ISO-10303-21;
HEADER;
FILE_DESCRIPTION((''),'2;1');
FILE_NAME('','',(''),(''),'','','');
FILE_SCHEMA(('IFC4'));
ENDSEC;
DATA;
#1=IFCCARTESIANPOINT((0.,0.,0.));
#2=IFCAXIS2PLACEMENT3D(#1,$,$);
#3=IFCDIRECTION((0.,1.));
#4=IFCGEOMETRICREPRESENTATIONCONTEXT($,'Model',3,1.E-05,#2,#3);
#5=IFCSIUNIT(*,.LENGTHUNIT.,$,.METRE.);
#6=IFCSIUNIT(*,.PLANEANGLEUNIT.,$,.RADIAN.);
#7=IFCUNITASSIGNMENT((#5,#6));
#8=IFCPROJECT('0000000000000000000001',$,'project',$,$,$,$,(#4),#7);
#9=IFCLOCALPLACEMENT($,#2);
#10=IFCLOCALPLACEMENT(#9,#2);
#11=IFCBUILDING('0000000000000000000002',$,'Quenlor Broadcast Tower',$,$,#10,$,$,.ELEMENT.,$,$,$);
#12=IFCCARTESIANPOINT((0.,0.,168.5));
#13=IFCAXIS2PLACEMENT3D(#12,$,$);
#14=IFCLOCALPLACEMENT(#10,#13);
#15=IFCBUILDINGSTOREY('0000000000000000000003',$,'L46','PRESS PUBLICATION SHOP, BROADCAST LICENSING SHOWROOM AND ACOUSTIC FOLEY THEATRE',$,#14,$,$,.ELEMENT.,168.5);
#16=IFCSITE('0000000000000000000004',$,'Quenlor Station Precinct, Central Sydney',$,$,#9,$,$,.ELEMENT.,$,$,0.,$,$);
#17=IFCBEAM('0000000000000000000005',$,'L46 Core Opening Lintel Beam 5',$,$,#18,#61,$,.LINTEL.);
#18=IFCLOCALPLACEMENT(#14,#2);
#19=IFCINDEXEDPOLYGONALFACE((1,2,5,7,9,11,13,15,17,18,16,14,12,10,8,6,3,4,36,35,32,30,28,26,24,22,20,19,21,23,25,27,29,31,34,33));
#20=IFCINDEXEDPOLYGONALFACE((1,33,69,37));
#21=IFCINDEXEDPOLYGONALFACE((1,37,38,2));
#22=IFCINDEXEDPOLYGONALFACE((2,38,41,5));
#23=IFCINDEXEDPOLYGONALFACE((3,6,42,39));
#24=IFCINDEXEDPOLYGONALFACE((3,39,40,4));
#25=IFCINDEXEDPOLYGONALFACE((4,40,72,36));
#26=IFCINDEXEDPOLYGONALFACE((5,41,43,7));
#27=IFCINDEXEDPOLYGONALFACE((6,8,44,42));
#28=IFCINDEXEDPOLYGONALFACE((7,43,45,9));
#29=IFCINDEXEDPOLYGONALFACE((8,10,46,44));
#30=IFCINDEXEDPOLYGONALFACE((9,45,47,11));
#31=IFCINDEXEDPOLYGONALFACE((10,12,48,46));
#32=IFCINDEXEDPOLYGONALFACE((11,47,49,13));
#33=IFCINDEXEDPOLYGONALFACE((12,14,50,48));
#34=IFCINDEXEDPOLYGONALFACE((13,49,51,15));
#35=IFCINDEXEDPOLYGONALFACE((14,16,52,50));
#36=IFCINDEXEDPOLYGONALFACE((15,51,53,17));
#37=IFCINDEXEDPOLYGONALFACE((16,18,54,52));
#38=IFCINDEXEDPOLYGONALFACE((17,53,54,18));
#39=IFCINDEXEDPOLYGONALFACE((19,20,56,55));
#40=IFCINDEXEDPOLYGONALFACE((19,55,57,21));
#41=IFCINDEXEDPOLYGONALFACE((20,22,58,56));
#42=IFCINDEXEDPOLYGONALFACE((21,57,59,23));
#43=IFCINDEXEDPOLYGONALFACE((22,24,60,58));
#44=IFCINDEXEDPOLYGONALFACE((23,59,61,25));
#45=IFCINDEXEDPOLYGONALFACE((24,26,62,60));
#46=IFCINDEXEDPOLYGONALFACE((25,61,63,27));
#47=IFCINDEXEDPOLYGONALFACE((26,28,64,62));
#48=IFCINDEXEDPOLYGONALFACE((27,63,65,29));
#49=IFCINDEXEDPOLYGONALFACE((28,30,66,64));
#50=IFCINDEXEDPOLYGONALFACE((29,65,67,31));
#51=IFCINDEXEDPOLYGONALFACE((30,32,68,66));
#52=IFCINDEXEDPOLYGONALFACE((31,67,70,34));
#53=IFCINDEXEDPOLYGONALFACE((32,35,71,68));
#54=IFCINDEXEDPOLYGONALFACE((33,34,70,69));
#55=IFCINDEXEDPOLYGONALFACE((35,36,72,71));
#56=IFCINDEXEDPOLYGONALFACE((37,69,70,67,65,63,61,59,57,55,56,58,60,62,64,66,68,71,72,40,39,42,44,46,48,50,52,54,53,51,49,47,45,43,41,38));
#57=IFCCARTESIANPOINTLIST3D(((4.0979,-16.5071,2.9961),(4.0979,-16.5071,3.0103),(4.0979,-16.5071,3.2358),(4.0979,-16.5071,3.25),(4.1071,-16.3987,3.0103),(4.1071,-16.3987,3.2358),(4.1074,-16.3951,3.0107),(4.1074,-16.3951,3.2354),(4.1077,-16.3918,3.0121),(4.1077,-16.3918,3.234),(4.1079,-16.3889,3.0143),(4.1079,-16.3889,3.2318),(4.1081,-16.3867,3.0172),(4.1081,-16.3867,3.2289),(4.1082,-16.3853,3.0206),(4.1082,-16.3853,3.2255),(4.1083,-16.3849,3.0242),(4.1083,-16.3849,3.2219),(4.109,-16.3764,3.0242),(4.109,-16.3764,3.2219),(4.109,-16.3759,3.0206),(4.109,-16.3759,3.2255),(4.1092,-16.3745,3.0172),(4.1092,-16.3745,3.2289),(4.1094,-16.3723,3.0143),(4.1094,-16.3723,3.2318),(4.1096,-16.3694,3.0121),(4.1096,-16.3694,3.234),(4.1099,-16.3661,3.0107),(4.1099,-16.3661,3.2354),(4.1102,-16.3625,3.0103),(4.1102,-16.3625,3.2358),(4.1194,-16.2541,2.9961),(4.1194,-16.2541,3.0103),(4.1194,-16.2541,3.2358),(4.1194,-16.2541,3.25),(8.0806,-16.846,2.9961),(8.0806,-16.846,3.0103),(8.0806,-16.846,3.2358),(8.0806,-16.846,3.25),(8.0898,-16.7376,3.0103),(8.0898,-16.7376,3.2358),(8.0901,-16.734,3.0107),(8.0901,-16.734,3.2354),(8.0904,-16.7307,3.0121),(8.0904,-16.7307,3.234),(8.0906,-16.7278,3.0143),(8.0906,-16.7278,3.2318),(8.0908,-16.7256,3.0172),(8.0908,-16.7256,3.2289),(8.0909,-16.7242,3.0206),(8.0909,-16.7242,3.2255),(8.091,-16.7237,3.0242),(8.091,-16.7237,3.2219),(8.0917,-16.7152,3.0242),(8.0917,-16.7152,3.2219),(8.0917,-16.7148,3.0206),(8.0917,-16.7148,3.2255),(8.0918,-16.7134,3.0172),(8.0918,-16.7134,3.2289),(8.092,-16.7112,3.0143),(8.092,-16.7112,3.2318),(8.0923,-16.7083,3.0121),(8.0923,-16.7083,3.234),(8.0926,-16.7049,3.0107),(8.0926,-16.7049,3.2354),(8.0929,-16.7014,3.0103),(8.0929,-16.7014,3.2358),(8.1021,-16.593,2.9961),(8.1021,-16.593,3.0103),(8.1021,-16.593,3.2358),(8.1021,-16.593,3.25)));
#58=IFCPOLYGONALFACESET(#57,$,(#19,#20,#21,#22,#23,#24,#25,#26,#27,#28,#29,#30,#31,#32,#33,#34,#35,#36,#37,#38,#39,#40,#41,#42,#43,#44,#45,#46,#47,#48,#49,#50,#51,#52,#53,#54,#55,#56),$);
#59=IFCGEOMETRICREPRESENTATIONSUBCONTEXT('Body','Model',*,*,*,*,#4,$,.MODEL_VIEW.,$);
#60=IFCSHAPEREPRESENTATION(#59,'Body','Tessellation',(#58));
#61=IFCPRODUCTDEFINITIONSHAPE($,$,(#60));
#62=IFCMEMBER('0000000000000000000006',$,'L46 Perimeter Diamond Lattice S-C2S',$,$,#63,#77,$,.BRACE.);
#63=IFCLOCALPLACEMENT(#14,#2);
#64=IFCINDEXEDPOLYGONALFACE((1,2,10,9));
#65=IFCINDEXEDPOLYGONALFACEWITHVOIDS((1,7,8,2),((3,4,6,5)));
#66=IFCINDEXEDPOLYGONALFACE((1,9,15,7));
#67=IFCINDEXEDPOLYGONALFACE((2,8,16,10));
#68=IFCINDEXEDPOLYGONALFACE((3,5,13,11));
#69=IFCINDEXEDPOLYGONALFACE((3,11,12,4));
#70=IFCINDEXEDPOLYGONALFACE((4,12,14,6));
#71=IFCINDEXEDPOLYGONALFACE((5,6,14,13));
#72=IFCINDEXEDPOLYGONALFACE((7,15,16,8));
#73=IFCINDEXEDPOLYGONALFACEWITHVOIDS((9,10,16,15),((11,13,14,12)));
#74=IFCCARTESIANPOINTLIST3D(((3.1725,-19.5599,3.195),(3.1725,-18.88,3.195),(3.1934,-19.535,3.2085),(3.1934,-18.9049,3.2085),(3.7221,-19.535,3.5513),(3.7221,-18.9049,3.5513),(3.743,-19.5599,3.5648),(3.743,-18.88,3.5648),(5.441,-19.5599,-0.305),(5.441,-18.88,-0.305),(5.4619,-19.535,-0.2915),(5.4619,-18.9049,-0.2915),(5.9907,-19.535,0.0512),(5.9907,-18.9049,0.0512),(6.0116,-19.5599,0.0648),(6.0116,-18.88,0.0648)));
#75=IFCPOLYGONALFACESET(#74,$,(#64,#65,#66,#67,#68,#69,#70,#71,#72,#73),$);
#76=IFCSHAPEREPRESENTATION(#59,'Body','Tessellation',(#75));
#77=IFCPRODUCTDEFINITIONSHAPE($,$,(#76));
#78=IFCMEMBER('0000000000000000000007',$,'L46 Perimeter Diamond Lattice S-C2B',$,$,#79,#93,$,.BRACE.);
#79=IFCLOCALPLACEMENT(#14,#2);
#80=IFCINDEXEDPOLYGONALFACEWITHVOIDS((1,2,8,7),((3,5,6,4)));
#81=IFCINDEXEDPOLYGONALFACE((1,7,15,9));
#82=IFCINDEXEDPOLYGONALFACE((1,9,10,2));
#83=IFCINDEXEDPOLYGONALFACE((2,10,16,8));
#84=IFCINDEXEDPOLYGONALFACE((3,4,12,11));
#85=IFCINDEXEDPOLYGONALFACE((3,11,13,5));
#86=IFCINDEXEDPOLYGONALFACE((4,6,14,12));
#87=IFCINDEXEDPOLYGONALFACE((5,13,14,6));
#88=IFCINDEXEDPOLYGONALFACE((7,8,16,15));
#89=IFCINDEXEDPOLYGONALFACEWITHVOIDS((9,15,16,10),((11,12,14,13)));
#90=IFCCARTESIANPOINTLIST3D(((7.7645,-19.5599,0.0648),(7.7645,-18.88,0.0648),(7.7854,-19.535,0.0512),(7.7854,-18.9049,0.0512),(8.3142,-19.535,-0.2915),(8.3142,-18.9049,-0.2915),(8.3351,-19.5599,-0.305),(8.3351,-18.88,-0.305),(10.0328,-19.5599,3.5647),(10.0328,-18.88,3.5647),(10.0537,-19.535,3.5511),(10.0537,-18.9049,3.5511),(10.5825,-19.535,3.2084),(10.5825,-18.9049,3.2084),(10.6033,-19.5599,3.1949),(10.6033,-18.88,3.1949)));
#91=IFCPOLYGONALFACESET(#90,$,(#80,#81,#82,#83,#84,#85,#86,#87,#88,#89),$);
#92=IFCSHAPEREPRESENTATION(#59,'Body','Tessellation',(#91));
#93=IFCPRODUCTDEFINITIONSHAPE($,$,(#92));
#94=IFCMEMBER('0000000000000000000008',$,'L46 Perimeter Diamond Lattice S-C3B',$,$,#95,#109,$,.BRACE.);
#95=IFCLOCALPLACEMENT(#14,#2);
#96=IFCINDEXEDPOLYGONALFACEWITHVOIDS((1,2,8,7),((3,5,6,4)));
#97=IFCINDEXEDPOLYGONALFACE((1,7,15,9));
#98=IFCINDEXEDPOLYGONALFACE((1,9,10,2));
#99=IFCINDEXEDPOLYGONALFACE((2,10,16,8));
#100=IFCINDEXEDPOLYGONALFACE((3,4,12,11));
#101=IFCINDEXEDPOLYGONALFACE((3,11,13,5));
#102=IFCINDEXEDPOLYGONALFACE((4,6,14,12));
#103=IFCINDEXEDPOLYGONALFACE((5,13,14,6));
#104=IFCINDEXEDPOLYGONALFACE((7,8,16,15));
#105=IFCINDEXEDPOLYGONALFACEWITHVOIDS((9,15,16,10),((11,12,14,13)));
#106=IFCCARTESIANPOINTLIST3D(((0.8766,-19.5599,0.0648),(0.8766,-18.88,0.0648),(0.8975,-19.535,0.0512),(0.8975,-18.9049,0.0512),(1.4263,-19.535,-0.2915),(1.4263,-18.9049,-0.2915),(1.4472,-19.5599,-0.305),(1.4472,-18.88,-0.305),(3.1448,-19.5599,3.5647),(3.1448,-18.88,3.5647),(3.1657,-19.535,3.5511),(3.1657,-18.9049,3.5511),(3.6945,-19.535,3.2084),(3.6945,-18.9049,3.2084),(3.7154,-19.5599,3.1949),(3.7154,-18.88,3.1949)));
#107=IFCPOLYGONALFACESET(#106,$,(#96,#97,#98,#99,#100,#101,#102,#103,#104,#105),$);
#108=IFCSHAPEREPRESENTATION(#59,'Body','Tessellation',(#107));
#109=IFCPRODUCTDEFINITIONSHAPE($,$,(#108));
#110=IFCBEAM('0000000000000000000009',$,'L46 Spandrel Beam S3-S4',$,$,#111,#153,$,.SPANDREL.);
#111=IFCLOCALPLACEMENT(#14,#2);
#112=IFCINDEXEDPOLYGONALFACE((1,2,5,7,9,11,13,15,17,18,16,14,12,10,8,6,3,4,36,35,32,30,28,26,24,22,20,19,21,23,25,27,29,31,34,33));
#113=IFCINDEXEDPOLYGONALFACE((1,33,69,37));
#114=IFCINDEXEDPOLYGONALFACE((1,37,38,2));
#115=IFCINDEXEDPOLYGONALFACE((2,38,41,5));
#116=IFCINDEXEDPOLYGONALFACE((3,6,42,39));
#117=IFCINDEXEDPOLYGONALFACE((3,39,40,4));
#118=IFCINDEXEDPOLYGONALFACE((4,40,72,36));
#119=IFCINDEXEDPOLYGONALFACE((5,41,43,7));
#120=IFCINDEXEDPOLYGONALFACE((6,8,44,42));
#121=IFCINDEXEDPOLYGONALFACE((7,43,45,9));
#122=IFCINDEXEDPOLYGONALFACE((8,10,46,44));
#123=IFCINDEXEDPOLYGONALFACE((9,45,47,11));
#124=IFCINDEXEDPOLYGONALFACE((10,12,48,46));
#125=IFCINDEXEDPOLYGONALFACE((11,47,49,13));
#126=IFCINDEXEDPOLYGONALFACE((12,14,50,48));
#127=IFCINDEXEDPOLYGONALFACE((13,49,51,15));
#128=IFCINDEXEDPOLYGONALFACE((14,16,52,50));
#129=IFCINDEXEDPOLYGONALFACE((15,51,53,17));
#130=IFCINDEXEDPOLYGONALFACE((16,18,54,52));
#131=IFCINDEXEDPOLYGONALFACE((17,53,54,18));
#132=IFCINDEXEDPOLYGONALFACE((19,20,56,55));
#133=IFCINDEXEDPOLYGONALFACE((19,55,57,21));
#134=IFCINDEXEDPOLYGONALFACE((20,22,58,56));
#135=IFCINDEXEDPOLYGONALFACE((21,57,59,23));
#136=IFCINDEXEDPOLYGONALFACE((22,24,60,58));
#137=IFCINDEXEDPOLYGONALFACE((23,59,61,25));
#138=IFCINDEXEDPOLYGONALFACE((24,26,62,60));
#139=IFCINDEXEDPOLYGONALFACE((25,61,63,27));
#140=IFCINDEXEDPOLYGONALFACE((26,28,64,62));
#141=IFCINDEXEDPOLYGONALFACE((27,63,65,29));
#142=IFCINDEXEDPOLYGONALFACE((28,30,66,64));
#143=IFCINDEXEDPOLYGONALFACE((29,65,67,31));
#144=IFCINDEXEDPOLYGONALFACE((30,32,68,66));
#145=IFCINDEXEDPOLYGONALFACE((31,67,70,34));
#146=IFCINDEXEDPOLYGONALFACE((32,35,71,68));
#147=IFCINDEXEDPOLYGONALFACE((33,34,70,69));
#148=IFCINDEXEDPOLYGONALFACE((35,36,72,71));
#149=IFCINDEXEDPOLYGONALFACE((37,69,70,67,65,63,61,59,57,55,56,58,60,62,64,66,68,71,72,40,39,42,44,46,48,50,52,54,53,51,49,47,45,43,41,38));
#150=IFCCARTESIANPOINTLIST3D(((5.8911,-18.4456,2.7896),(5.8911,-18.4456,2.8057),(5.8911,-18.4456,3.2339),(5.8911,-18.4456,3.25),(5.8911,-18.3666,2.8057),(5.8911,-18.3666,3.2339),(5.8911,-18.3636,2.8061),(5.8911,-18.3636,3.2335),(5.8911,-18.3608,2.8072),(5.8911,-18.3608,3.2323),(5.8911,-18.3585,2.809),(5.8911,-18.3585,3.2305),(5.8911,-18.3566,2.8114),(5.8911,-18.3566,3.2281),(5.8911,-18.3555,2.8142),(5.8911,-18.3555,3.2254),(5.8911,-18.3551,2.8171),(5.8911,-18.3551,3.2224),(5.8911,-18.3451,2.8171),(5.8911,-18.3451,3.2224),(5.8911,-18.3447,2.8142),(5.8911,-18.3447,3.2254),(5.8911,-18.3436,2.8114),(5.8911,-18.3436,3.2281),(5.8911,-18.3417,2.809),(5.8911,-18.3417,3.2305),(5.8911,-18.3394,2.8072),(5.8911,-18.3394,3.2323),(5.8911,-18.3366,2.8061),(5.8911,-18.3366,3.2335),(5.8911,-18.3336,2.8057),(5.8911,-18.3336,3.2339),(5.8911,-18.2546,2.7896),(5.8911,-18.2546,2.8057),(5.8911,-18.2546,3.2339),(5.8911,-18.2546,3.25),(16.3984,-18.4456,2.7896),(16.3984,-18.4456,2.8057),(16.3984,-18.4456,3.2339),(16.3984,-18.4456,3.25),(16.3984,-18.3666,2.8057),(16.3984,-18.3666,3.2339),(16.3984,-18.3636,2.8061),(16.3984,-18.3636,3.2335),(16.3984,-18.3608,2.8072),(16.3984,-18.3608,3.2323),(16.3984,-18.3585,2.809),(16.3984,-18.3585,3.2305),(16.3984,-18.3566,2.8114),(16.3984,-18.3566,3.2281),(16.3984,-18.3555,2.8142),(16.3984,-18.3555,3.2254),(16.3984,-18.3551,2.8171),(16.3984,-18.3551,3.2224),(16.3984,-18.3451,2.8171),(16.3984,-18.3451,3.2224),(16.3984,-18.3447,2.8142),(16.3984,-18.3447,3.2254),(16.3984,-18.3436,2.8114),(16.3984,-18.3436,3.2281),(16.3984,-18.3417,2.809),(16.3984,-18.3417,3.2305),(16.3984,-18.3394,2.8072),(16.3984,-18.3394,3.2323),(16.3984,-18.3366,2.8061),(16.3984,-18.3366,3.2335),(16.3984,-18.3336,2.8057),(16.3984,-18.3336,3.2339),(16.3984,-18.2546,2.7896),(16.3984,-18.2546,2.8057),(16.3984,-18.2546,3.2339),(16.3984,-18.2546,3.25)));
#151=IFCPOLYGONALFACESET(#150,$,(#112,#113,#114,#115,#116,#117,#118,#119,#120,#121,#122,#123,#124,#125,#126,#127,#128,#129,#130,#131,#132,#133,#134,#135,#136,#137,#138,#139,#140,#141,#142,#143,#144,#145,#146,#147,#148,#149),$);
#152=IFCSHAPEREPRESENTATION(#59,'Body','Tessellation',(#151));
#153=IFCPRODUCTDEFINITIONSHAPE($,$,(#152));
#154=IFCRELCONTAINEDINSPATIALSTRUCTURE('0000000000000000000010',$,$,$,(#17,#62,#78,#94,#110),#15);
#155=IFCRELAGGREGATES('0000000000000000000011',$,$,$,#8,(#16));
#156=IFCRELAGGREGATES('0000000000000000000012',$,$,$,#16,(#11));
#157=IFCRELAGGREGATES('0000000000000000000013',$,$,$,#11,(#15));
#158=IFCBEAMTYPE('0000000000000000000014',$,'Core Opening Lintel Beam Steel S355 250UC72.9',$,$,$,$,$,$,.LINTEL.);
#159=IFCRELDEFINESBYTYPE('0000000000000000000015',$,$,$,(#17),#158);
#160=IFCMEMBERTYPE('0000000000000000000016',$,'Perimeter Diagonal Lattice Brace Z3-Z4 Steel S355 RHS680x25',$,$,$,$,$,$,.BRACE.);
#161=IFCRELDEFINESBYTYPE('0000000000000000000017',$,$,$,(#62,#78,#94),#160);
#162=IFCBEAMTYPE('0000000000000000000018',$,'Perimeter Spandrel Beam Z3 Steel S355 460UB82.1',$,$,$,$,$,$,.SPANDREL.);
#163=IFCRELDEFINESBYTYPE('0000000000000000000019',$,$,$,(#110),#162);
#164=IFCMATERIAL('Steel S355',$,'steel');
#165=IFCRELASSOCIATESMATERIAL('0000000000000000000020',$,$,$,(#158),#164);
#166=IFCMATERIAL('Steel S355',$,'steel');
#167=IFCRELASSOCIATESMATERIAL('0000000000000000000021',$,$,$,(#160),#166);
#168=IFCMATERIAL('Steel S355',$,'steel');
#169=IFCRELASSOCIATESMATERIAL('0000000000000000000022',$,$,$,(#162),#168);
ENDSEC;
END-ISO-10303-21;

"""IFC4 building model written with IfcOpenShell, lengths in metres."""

from ifc_helpers import new_model, si_unit, direction, frame, origin, origin_2d, place, context, subcontext, project, spatial, hollow_rectangle, i_section, extrude, material, material_profile, profile_set, type_object, element, save


model = new_model("IFC4")

# Units and contexts
model_context = context("Model", 3, precision=1e-05, world=origin(), true_north=direction((0.0, 1.0)))
body_context = subcontext(model_context, "Body", "Model", "MODEL_VIEW")
ifc_project = project(units=[si_unit("LENGTHUNIT", "METRE"), si_unit("PLANEANGLEUNIT", "RADIAN")], contexts=[model_context])

# Site, building, storey
site_placement = place(None, origin())
site = spatial("IfcSite", under=ifc_project, at=site_placement, Name="Quenlor Station Precinct, Central Sydney", CompositionType="ELEMENT", RefElevation=0.0)
building_placement = place(site_placement, origin())
building = spatial("IfcBuilding", under=site, at=building_placement, Name="Quenlor Broadcast Tower", CompositionType="ELEMENT")
storey_placement = place(building_placement, frame((0.0, 0.0, 168.5)))
storey = spatial("IfcBuildingStorey", under=building, at=storey_placement, Name="L46", Description="PRESS PUBLICATION SHOP, BROADCAST LICENSING SHOWROOM AND ACOUSTIC FOLEY THEATRE", CompositionType="ELEMENT", Elevation=168.5)

# Beam
ifc_material_1 = material(Name="Steel S355", Category="steel")
ifc_material_profile_1 = material_profile(ifc_material_1, i_section(OverallWidth=0.2539, OverallDepth=0.2539, WebThickness=0.0085, FlangeThickness=0.0142, FilletRadius=0.0139, at=origin_2d()))
ifc_profile_set_1 = profile_set([ifc_material_profile_1], Name="Steel S355 250UC72.9")
beam_type_1 = type_object("IfcBeamType", Name="Core Opening Lintel Beam Steel S355 250UC72.9", PredefinedType="LINTEL", material=ifc_profile_set_1)
beam_1_placement = place(storey_placement, frame((4.1086, -16.3806, 3.123), z_axis=(0.9964, -0.084779, 0.0), x_axis=(0.084779, 0.9964, 0.0)))
element("IfcBeam", 1, at=beam_1_placement, inside=storey, type_object=beam_type_1, Name="L46 Core Opening Lintel Beam 5", PredefinedType="LINTEL", context=body_context, shape_type="SweptSolid", body=[
    extrude(i_section(OverallWidth=0.2539, OverallDepth=0.2539, WebThickness=0.0085, FlangeThickness=0.0142, FilletRadius=0.0139, at=origin_2d()), origin(), (0.0, 0.0, 1.0), 3.9971),
])

# Members
ifc_material_2 = material(Name="Steel S355", Category="steel")
ifc_material_profile_2 = material_profile(ifc_material_2, hollow_rectangle(XDim=0.6799, YDim=0.6799, WallThickness=0.0249, at=origin_2d()))
ifc_profile_set_2 = profile_set([ifc_material_profile_2], Name="Steel S355 RHS680x680x25")
member_type_1 = type_object("IfcMemberType", Name="Perimeter Diagonal Lattice Brace Z3-Z4 Steel S355 RHS680x25", PredefinedType="BRACE", material=ifc_profile_set_2)
member_1_placement = place(storey_placement, frame((5.7263, -19.22, -0.1201), z_axis=(-0.543902, 0.0, 0.839149), x_axis=(0.0, -1.0, 0.0)))
element("IfcMember", 2, at=member_1_placement, inside=storey, type_object=member_type_1, Name="L46 Perimeter Diamond Lattice S-C2S", PredefinedType="BRACE", context=body_context, shape_type="SweptSolid", body=[
    extrude(hollow_rectangle(XDim=0.6799, YDim=0.6799, WallThickness=0.0249, at=origin_2d()), origin(), (0.0, 0.0, 1.0), 4.1709),
])
for number, where, z_axis, x_axis, name in (
    (3, (8.0498, -19.22, -0.1201), (0.54386, 0.0, 0.839176), (0.0, 1.0, 0.0), "L46 Perimeter Diamond Lattice S-C2B"),
    (4, (1.1619, -19.22, -0.1201), (0.54386, 0.0, 0.839176), (0.0, 1.0, 0.0), "L46 Perimeter Diamond Lattice S-C3B"),
):
    element("IfcMember", number, at=place(storey_placement, frame(where, z_axis=z_axis, x_axis=x_axis)), inside=storey, type_object=member_type_1, Name=name, PredefinedType="BRACE", context=body_context, shape_type="SweptSolid", body=[
        extrude(hollow_rectangle(XDim=0.6799, YDim=0.6799, WallThickness=0.0249, at=origin_2d()), origin(), (0.0, 0.0, 1.0), 4.1707),
    ])

# Beam
ifc_material_3 = material(Name="Steel S355", Category="steel")
ifc_material_profile_3 = material_profile(ifc_material_3, i_section(OverallWidth=0.1909, OverallDepth=0.4604, WebThickness=0.01, FlangeThickness=0.0161, FilletRadius=0.0115, at=origin_2d()))
ifc_profile_set_3 = profile_set([ifc_material_profile_3], Name="Steel S355 460UB82.1")
beam_type_2 = type_object("IfcBeamType", Name="Perimeter Spandrel Beam Z3 Steel S355 460UB82.1", PredefinedType="SPANDREL", material=ifc_profile_set_3)
beam_2_placement = place(storey_placement, frame((5.8911, -18.3501, 3.0198), z_axis=(1.0, 0.0, 0.0), x_axis=(0.0, 1.0, 0.0)))
element("IfcBeam", 5, at=beam_2_placement, inside=storey, type_object=beam_type_2, Name="L46 Spandrel Beam S3-S4", PredefinedType="SPANDREL", context=body_context, shape_type="SweptSolid", body=[
    extrude(i_section(OverallWidth=0.1909, OverallDepth=0.4604, WebThickness=0.01, FlangeThickness=0.0161, FilletRadius=0.0115, at=origin_2d()), origin(), (0.0, 0.0, 1.0), 10.5073),
])

save(model, "model.ifc")
